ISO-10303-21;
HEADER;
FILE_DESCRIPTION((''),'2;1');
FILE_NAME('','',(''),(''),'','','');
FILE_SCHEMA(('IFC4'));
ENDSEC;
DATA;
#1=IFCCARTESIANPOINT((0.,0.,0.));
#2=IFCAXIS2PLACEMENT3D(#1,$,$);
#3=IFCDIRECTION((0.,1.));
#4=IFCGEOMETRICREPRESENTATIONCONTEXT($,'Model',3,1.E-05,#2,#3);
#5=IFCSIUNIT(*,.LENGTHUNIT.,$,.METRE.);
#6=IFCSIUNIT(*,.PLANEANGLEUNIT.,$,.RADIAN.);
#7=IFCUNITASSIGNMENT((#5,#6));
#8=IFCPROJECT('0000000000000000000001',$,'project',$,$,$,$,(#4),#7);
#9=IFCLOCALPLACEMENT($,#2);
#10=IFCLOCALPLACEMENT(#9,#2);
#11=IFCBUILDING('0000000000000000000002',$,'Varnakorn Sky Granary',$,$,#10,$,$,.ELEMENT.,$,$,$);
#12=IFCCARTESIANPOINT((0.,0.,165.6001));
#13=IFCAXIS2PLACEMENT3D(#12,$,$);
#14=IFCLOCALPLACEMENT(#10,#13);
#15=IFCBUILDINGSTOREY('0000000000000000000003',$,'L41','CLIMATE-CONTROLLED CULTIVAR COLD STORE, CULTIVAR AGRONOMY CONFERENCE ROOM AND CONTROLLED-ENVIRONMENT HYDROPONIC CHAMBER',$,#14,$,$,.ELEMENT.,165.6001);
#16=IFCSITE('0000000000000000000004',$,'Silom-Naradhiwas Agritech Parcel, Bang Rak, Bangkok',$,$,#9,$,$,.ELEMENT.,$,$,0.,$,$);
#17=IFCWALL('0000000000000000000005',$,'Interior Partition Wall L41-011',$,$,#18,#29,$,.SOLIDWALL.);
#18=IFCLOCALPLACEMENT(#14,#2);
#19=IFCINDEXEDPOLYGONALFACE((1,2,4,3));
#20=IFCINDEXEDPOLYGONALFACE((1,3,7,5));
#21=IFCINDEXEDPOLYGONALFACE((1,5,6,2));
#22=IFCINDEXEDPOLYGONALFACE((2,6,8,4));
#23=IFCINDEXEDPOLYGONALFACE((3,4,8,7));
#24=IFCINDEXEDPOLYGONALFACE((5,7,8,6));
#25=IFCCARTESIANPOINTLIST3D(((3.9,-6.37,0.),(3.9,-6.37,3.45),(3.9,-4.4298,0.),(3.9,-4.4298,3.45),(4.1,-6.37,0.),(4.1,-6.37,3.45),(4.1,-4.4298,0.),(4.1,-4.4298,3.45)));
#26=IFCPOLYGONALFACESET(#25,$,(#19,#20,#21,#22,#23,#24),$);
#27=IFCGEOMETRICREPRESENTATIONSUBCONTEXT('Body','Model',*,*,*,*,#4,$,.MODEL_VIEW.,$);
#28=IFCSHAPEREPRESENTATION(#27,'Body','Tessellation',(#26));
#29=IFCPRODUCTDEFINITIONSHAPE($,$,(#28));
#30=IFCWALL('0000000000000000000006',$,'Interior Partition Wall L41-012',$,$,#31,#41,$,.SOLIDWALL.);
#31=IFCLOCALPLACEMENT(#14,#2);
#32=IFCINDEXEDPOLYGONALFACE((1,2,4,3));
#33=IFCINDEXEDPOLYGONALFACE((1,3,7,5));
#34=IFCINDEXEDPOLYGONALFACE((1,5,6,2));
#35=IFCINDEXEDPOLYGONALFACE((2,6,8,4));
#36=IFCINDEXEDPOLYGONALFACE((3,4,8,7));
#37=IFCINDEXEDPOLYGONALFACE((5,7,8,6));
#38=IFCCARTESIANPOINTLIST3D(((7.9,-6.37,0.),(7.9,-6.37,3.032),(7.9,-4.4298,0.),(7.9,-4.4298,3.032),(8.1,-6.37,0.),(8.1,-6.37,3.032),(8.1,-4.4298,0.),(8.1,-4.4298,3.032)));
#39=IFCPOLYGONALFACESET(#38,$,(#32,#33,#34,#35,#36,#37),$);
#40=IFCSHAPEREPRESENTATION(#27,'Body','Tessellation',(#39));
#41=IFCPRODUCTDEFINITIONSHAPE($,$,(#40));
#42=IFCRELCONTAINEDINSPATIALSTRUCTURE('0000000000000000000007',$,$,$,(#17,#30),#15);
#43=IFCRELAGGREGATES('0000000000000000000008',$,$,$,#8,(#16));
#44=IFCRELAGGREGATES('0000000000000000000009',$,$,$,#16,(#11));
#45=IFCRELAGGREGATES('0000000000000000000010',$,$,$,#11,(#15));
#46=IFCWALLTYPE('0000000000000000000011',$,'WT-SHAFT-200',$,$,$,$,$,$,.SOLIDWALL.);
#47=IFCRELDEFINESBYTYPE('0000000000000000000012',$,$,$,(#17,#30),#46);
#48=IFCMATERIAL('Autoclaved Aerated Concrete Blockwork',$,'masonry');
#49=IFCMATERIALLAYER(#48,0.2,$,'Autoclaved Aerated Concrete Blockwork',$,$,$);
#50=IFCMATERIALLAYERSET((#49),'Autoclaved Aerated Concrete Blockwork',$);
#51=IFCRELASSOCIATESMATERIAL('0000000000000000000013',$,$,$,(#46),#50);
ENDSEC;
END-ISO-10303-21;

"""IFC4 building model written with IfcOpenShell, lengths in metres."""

from ifc_helpers import new_model, si_unit, direction, frame, frame_2d, origin, place, context, subcontext, project, spatial, rectangle, extrude, material, layer, layer_set, type_object, element, save


model = new_model("IFC4")

# Units and contexts
model_context = context("Model", 3, precision=1e-05, world=origin(), true_north=direction((0.0, 1.0)))
body_context = subcontext(model_context, "Body", "Model", "MODEL_VIEW")
ifc_project = project(units=[si_unit("LENGTHUNIT", "METRE"), si_unit("PLANEANGLEUNIT", "RADIAN")], contexts=[model_context])

# Site, building, storey
site_placement = place(None, origin())
site = spatial("IfcSite", under=ifc_project, at=site_placement, Name="Silom-Naradhiwas Agritech Parcel, Bang Rak, Bangkok", CompositionType="ELEMENT", RefElevation=0.0)
building_placement = place(site_placement, origin())
building = spatial("IfcBuilding", under=site, at=building_placement, Name="Varnakorn Sky Granary", CompositionType="ELEMENT")
storey_placement = place(building_placement, frame((0.0, 0.0, 165.6001)))
storey = spatial("IfcBuildingStorey", under=building, at=storey_placement, Name="L41", Description="CLIMATE-CONTROLLED CULTIVAR COLD STORE, CULTIVAR AGRONOMY CONFERENCE ROOM AND CONTROLLED-ENVIRONMENT HYDROPONIC CHAMBER", CompositionType="ELEMENT", Elevation=165.6001)

# Shared definitions
ifc_material_1 = material(Name="Autoclaved Aerated Concrete Blockwork", Category="masonry")

# Walls
ifc_layer_1 = layer(ifc_material_1, 0.2, Name="Autoclaved Aerated Concrete Blockwork")
ifc_layer_set_1 = layer_set([ifc_layer_1], Name="Autoclaved Aerated Concrete Blockwork")
wall_type_1 = type_object("IfcWallType", Name="WT-SHAFT-200", PredefinedType="SOLIDWALL", material=ifc_layer_set_1)
wall_1_placement = place(storey_placement, frame((4.0, -6.3701, 0.0), z_axis=(0.0, 0.0, 1.0), x_axis=(0.0, 1.0, 0.0)))
element("IfcWall", 1, at=wall_1_placement, inside=storey, type_object=wall_type_1, Name="Interior Partition Wall L41-011", PredefinedType="SOLIDWALL", context=body_context, shape_type="SweptSolid", body=[
    extrude(rectangle(XDim=1.9402, YDim=0.2, at=frame_2d((0.9702, 0.0))), origin(), (0.0, 0.0, 1.0), 3.45),
])
wall_2_placement = place(storey_placement, frame((8.0, -6.3701, 0.0), z_axis=(0.0, 0.0, 1.0), x_axis=(0.0, 1.0, 0.0)))
element("IfcWall", 2, at=wall_2_placement, inside=storey, type_object=wall_type_1, Name="Interior Partition Wall L41-012", PredefinedType="SOLIDWALL", context=body_context, shape_type="SweptSolid", body=[
    extrude(rectangle(XDim=1.9402, YDim=0.2, at=frame_2d((0.9702, 0.0))), origin(), (0.0, 0.0, 1.0), 3.032),
])

save(model, "model.ifc")
